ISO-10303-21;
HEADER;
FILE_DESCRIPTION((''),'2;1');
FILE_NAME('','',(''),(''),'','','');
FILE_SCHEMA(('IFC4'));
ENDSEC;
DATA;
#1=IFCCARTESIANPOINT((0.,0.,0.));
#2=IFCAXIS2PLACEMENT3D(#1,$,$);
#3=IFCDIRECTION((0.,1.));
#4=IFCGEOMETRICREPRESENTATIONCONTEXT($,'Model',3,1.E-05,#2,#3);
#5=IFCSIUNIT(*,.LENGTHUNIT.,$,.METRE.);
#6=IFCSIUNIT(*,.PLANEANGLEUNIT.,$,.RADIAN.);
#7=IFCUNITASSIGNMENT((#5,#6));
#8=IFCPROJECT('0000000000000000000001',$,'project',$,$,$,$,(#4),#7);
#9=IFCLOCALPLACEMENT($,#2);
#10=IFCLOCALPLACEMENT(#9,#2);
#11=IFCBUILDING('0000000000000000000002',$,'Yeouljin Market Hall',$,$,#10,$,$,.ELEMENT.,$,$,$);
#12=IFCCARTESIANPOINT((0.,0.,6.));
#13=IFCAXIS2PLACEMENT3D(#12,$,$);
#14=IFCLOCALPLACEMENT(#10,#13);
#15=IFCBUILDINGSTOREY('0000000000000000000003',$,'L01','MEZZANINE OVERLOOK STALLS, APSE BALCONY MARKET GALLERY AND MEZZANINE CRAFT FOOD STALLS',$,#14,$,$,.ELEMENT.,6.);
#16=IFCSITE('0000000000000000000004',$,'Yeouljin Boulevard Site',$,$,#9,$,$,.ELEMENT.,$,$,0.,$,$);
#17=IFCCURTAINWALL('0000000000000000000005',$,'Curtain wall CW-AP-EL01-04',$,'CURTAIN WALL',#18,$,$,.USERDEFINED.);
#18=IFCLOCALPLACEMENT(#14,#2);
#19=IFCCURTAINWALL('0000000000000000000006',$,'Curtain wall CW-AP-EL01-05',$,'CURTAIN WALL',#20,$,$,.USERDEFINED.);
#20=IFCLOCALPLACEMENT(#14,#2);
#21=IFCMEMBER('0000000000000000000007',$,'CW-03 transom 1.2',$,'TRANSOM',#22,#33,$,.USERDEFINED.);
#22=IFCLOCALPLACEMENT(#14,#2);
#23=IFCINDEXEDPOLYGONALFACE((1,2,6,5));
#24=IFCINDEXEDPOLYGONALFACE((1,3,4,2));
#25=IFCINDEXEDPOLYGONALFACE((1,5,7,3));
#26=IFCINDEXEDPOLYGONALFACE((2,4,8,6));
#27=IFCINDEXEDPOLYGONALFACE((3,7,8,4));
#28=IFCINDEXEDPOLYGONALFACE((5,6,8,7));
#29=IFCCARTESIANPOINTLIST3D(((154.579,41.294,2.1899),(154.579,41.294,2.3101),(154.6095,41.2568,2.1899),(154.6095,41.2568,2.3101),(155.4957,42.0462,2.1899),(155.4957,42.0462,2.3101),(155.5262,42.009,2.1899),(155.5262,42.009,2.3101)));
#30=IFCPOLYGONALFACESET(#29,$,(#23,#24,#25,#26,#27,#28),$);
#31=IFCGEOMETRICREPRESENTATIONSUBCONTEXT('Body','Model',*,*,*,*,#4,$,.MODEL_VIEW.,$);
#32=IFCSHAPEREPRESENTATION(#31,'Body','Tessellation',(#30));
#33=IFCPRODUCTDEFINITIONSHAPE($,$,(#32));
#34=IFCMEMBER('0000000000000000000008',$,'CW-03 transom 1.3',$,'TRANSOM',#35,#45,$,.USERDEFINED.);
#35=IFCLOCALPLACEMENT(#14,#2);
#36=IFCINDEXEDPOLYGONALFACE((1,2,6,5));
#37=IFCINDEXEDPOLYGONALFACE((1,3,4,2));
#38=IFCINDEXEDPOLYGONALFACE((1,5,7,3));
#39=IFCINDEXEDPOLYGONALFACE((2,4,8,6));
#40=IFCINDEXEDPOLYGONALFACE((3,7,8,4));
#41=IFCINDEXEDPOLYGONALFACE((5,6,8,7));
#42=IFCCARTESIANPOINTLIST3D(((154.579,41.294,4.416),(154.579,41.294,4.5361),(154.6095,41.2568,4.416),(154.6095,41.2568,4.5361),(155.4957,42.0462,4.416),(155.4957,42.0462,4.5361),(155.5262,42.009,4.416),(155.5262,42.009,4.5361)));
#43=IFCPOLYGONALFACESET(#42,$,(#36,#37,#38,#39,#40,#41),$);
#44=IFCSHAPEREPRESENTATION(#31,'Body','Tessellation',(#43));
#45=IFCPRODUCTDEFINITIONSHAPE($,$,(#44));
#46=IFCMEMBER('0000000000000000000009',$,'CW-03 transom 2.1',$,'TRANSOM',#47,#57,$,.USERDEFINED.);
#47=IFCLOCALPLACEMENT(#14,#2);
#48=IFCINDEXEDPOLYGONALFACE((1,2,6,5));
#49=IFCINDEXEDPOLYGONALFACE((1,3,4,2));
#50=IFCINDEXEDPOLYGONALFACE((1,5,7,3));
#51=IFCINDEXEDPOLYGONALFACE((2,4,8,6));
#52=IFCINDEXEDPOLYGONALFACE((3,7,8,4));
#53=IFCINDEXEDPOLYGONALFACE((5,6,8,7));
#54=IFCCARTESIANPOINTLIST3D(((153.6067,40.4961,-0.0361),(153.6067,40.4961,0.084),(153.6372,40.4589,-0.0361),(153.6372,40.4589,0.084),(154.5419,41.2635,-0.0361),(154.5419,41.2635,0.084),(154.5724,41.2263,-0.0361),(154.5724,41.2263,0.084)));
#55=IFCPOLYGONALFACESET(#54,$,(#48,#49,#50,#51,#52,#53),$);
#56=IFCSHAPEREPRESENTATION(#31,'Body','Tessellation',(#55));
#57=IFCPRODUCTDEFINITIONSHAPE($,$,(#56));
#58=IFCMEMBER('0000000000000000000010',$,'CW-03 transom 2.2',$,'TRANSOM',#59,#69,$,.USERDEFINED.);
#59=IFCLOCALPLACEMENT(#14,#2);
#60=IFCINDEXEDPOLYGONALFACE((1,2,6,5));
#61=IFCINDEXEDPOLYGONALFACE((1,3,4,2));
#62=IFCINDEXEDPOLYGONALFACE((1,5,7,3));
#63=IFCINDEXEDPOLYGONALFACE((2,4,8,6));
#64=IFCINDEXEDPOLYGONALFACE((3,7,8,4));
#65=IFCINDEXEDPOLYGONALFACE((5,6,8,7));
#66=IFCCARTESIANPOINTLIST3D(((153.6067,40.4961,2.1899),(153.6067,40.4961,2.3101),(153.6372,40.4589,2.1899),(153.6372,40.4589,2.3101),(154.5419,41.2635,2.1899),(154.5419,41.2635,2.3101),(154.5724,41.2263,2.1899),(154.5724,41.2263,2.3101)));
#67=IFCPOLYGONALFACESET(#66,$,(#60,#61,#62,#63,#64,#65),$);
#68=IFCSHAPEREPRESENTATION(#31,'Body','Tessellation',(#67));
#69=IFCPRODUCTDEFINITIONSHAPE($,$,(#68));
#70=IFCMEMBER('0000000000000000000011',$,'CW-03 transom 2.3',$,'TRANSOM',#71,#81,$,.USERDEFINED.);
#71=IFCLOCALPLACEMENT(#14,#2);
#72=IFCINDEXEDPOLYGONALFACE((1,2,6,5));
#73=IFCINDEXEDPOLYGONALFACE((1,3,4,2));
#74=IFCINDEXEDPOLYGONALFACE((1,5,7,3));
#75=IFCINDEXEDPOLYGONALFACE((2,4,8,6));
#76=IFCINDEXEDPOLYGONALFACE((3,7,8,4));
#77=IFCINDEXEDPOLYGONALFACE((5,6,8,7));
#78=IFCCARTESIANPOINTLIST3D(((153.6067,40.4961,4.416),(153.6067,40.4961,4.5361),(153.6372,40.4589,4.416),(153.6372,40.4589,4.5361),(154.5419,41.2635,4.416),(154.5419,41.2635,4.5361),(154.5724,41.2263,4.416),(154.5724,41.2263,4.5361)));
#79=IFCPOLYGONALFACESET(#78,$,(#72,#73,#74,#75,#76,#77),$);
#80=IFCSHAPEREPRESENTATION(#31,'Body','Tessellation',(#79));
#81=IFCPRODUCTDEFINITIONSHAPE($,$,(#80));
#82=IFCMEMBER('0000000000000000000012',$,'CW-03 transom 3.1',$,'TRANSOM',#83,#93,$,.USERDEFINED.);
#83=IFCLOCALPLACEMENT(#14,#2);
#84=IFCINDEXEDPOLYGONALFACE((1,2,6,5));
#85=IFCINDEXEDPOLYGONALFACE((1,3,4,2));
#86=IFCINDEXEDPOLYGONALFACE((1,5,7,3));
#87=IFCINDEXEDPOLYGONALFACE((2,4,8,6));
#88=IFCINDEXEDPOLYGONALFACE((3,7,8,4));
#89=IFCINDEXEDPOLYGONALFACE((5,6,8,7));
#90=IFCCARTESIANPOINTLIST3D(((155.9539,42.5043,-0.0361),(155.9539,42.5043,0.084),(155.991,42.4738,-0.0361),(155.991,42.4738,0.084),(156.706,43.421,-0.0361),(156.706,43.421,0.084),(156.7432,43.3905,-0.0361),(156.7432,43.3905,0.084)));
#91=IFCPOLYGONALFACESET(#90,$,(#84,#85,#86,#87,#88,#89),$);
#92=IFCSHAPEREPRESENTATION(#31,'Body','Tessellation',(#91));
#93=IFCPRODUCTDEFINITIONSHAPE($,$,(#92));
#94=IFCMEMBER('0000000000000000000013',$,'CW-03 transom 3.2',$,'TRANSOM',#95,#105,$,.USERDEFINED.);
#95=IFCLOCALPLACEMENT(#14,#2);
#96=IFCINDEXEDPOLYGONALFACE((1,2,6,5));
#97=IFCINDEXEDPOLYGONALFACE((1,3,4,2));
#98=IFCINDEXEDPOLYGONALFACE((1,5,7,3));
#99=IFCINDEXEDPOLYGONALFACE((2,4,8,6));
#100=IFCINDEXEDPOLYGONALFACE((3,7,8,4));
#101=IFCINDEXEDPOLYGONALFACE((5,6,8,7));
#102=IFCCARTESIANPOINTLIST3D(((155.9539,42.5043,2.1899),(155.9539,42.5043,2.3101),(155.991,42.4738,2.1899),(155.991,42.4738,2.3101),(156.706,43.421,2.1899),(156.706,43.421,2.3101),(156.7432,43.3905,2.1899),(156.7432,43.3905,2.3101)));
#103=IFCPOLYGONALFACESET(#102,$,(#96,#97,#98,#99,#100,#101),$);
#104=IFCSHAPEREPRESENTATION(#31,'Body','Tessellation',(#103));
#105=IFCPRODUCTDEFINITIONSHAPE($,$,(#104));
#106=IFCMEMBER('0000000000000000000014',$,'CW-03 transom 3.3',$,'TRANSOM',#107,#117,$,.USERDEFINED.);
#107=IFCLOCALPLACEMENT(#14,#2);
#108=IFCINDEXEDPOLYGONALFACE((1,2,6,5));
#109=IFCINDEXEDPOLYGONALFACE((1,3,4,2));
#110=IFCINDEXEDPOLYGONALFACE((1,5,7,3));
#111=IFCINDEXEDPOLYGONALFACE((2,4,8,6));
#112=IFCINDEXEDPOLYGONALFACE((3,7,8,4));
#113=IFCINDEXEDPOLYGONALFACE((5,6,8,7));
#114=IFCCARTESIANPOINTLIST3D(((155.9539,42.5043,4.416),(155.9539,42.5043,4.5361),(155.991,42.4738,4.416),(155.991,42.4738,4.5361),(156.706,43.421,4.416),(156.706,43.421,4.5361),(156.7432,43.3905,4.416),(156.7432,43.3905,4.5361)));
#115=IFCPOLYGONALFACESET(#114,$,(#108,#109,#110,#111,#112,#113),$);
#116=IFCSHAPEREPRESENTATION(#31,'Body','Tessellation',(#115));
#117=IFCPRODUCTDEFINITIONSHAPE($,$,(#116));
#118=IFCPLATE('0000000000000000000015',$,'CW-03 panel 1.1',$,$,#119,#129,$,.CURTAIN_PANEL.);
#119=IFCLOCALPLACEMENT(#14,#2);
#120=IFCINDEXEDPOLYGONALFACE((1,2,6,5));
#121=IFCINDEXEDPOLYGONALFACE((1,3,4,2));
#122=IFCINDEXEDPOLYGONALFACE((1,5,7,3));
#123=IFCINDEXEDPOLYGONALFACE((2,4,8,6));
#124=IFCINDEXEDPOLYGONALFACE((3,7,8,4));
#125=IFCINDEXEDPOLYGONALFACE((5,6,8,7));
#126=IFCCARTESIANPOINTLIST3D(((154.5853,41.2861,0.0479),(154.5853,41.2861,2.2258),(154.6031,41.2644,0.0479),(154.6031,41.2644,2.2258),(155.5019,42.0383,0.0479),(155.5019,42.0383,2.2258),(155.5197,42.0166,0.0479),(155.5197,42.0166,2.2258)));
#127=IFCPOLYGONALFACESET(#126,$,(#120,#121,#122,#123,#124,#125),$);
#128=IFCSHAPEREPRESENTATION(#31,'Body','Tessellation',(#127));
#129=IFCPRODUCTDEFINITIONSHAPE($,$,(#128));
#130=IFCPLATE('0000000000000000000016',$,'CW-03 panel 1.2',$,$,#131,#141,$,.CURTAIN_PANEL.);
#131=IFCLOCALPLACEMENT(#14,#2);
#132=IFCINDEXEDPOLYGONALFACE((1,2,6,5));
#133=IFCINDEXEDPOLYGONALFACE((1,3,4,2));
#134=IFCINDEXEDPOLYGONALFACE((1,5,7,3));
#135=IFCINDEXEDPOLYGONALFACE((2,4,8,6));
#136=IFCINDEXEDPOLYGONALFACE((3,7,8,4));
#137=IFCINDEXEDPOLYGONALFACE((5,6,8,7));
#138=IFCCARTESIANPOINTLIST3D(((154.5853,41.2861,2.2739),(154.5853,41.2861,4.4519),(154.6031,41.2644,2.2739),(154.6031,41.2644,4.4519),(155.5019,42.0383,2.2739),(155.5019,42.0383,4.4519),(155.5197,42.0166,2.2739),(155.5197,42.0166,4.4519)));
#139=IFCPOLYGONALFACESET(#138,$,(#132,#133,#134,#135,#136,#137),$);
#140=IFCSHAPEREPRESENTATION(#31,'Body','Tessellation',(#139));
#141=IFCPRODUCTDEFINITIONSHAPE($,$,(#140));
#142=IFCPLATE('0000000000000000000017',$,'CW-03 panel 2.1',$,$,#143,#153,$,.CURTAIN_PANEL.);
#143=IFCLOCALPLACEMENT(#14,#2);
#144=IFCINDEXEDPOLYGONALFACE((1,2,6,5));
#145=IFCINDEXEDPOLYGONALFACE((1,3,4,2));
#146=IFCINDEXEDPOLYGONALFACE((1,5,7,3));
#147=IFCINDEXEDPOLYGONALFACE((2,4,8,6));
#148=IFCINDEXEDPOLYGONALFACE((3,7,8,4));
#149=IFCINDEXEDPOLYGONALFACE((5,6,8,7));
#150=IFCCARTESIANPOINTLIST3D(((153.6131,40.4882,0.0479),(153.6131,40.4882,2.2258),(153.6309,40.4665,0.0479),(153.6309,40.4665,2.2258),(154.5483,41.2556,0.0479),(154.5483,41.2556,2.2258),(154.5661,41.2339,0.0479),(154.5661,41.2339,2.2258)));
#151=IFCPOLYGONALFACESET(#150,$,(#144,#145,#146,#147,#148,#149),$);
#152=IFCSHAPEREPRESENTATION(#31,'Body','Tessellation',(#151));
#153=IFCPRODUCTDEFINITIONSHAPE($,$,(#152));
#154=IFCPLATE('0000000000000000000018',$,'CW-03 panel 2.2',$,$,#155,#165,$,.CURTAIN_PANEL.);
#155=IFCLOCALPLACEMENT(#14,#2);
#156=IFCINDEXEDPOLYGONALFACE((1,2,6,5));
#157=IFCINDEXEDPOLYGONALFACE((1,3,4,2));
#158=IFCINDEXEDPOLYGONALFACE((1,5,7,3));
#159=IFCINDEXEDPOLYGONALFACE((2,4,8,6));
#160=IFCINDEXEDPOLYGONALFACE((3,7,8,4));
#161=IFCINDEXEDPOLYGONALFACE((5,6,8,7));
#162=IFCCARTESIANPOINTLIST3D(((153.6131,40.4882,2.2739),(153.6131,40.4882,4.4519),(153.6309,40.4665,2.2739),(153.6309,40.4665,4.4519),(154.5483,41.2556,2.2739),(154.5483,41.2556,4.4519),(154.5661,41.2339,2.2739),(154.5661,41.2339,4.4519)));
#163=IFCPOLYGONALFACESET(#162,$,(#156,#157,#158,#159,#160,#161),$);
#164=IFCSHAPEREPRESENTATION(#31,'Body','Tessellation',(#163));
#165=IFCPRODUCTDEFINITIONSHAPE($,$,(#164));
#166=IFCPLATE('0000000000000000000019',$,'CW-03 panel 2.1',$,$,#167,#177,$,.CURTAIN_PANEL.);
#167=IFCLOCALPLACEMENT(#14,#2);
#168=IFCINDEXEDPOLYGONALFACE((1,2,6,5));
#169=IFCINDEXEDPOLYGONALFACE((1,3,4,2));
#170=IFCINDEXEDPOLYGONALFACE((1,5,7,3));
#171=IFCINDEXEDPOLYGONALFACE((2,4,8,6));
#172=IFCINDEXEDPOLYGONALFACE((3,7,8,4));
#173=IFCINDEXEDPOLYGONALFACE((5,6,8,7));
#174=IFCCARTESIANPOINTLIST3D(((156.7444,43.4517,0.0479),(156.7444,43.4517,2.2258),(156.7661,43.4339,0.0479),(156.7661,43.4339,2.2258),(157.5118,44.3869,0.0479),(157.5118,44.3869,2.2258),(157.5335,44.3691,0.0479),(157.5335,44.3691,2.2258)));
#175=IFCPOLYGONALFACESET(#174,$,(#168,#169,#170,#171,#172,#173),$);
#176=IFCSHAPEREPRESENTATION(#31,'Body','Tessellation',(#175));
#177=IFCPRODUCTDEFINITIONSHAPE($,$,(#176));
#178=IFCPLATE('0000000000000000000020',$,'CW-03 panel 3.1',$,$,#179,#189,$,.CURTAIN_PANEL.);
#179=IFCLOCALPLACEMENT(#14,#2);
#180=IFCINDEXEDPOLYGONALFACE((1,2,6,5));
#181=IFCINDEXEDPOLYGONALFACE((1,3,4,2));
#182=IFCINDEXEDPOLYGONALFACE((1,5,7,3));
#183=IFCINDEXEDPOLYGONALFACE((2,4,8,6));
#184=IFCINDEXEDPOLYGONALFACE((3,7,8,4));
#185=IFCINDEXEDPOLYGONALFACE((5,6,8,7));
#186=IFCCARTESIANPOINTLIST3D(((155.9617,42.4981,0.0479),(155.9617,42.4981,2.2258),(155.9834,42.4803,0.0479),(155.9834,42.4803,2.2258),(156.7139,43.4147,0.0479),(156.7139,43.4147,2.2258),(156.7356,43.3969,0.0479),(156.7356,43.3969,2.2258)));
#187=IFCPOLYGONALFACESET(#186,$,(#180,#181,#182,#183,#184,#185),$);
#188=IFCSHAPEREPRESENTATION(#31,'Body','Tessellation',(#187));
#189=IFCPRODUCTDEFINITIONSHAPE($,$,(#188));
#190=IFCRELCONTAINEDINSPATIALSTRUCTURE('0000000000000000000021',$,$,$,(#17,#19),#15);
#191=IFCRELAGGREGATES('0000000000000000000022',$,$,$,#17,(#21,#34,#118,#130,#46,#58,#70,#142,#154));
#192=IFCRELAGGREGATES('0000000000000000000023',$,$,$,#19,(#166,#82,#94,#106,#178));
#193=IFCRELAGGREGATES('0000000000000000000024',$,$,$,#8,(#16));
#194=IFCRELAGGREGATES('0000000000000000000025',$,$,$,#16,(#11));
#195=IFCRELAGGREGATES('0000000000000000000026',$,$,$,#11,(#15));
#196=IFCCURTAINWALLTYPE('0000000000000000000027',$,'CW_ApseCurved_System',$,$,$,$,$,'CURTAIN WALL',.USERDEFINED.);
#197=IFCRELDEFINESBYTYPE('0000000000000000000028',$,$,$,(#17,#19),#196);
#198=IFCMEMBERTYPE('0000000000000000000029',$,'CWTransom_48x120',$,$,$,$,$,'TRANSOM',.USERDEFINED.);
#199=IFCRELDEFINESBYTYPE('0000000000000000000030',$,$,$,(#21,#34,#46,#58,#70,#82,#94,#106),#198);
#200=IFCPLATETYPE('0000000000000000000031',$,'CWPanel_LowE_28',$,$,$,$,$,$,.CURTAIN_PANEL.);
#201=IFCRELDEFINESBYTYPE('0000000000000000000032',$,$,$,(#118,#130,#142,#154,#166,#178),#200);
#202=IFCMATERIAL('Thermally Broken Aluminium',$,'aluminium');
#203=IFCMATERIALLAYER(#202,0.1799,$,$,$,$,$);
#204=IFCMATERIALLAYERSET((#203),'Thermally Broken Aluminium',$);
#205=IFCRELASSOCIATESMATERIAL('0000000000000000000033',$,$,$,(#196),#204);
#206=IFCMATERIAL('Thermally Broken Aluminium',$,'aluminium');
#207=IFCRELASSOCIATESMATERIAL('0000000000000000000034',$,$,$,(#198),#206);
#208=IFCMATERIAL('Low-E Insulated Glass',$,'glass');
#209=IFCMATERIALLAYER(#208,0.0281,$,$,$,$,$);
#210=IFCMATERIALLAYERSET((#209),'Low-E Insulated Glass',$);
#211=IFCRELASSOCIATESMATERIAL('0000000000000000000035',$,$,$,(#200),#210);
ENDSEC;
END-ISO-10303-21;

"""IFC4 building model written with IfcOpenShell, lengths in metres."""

from ifc_helpers import new_model, si_unit, direction, frame, origin, origin_2d, place, context, subcontext, project, spatial, rectangle, extrude, material, layer, layer_set, material_profile, profile_set, type_object, element, aggregate, save


model = new_model("IFC4")

# Units and contexts
model_context = context("Model", 3, precision=1e-05, world=origin(), true_north=direction((0.0, 1.0)))
body_context = subcontext(model_context, "Body", "Model", "MODEL_VIEW")
ifc_project = project(units=[si_unit("LENGTHUNIT", "METRE"), si_unit("PLANEANGLEUNIT", "RADIAN")], contexts=[model_context])

# Site, building, storey
site_placement = place(None, origin())
site = spatial("IfcSite", under=ifc_project, at=site_placement, Name="Yeouljin Boulevard Site", CompositionType="ELEMENT", RefElevation=0.0)
building_placement = place(site_placement, origin())
building = spatial("IfcBuilding", under=site, at=building_placement, Name="Yeouljin Market Hall", CompositionType="ELEMENT")
storey_placement = place(building_placement, frame((0.0, 0.0, 6.0)))
storey = spatial("IfcBuildingStorey", under=building, at=storey_placement, Name="L01", Description="MEZZANINE OVERLOOK STALLS, APSE BALCONY MARKET GALLERY AND MEZZANINE CRAFT FOOD STALLS", CompositionType="ELEMENT", Elevation=6.0)

# Curtain walls
ifc_material_1 = material(Name="Thermally Broken Aluminium", Category="aluminium")
ifc_layer_1 = layer(ifc_material_1, 0.1799)
ifc_layer_set_1 = layer_set([ifc_layer_1], Name="Thermally Broken Aluminium")
curtain_wall_type = type_object("IfcCurtainWallType", Name="CW_ApseCurved_System", ElementType="CURTAIN WALL", PredefinedType="USERDEFINED", material=ifc_layer_set_1)
curtain_wall_1_placement = place(storey_placement, origin())
curtain_wall_1 = element("IfcCurtainWall", 1, at=curtain_wall_1_placement, inside=storey, type_object=curtain_wall_type, Name="Curtain wall CW-AP-EL01-04", ObjectType="CURTAIN WALL", PredefinedType="USERDEFINED")
curtain_wall_2_placement = place(storey_placement, origin())
curtain_wall_2 = element("IfcCurtainWall", 2, at=curtain_wall_2_placement, inside=storey, type_object=curtain_wall_type, Name="Curtain wall CW-AP-EL01-05", ObjectType="CURTAIN WALL", PredefinedType="USERDEFINED")

# Members
ifc_material_2 = material(Name="Thermally Broken Aluminium", Category="aluminium")
ifc_material_profile_1 = material_profile(ifc_material_2, rectangle(XDim=0.0481, YDim=0.1201, at=origin_2d()), Name="CW-TRAN-48x120")
ifc_profile_set_1 = profile_set([ifc_material_profile_1], Name="Thermally Broken Aluminium")
member_type_1 = type_object("IfcMemberType", Name="CWTransom_48x120", ElementType="TRANSOM", PredefinedType="USERDEFINED", material=ifc_profile_set_1)
member_1_placement = place(storey_placement, frame((155.511, 42.0276, 2.25), z_axis=(-0.773076, -0.634313, 0.0), x_axis=(0.634313, -0.773076, 0.0)))
member_1 = element("IfcMember", 3, at=member_1_placement, type_object=member_type_1, Name="CW-03 transom 1.2", ObjectType="TRANSOM", PredefinedType="USERDEFINED", context=body_context, shape_type="SweptSolid", body=[
    extrude(rectangle(XDim=0.0481, YDim=0.1201, at=origin_2d()), origin(), (0.0, 0.0, 1.0), 1.1858),
])
member_2_placement = place(storey_placement, frame((155.511, 42.0276, 4.4761), z_axis=(-0.773076, -0.634313, 0.0), x_axis=(0.634313, -0.773076, 0.0)))
member_2 = element("IfcMember", 4, at=member_2_placement, type_object=member_type_1, Name="CW-03 transom 1.3", ObjectType="TRANSOM", PredefinedType="USERDEFINED", context=body_context, shape_type="SweptSolid", body=[
    extrude(rectangle(XDim=0.0481, YDim=0.1201, at=origin_2d()), origin(), (0.0, 0.0, 1.0), 1.1858),
])
member_3_placement = place(storey_placement, frame((154.5571, 41.2449, 0.0239), z_axis=(-0.77303, -0.634369, 0.0), x_axis=(0.634369, -0.77303, 0.0)))
member_3 = element("IfcMember", 5, at=member_3_placement, type_object=member_type_1, Name="CW-03 transom 2.1", ObjectType="TRANSOM", PredefinedType="USERDEFINED", context=body_context, shape_type="SweptSolid", body=[
    extrude(rectangle(XDim=0.0481, YDim=0.1201, at=origin_2d()), origin(), (0.0, 0.0, 1.0), 1.2097),
])
member_4_placement = place(storey_placement, frame((154.5571, 41.2449, 2.25), z_axis=(-0.77303, -0.634369, 0.0), x_axis=(0.634369, -0.77303, 0.0)))
member_4 = element("IfcMember", 6, at=member_4_placement, type_object=member_type_1, Name="CW-03 transom 2.2", ObjectType="TRANSOM", PredefinedType="USERDEFINED", context=body_context, shape_type="SweptSolid", body=[
    extrude(rectangle(XDim=0.0481, YDim=0.1201, at=origin_2d()), origin(), (0.0, 0.0, 1.0), 1.2097),
])
member_5_placement = place(storey_placement, frame((154.5571, 41.2449, 4.4761), z_axis=(-0.77303, -0.634369, 0.0), x_axis=(0.634369, -0.77303, 0.0)))
member_5 = element("IfcMember", 7, at=member_5_placement, type_object=member_type_1, Name="CW-03 transom 2.3", ObjectType="TRANSOM", PredefinedType="USERDEFINED", context=body_context, shape_type="SweptSolid", body=[
    extrude(rectangle(XDim=0.0481, YDim=0.1201, at=origin_2d()), origin(), (0.0, 0.0, 1.0), 1.2097),
])
member_6_placement = place(storey_placement, frame((156.7246, 43.4058, 0.0239), z_axis=(-0.634313, -0.773076, 0.0), x_axis=(0.773076, -0.634313, 0.0)))
member_6 = element("IfcMember", 8, at=member_6_placement, type_object=member_type_1, Name="CW-03 transom 3.1", ObjectType="TRANSOM", PredefinedType="USERDEFINED", context=body_context, shape_type="SweptSolid", body=[
    extrude(rectangle(XDim=0.0481, YDim=0.1201, at=origin_2d()), origin(), (0.0, 0.0, 1.0), 1.1858),
])
member_7_placement = place(storey_placement, frame((156.7246, 43.4058, 2.25), z_axis=(-0.634313, -0.773076, 0.0), x_axis=(0.773076, -0.634313, 0.0)))
member_7 = element("IfcMember", 9, at=member_7_placement, type_object=member_type_1, Name="CW-03 transom 3.2", ObjectType="TRANSOM", PredefinedType="USERDEFINED", context=body_context, shape_type="SweptSolid", body=[
    extrude(rectangle(XDim=0.0481, YDim=0.1201, at=origin_2d()), origin(), (0.0, 0.0, 1.0), 1.1858),
])
member_8_placement = place(storey_placement, frame((156.7246, 43.4058, 4.4761), z_axis=(-0.634313, -0.773076, 0.0), x_axis=(0.773076, -0.634313, 0.0)))
member_8 = element("IfcMember", 10, at=member_8_placement, type_object=member_type_1, Name="CW-03 transom 3.3", ObjectType="TRANSOM", PredefinedType="USERDEFINED", context=body_context, shape_type="SweptSolid", body=[
    extrude(rectangle(XDim=0.0481, YDim=0.1201, at=origin_2d()), origin(), (0.0, 0.0, 1.0), 1.1858),
])

# Plates
ifc_material_3 = material(Name="Low-E Insulated Glass", Category="glass")
ifc_layer_2 = layer(ifc_material_3, 0.0281)
ifc_layer_set_2 = layer_set([ifc_layer_2], Name="Low-E Insulated Glass")
plate_type = type_object("IfcPlateType", Name="CWPanel_LowE_28", PredefinedType="CURTAIN_PANEL", material=ifc_layer_set_2)
plate_1_placement = place(storey_placement, frame((155.0525, 41.6514, 0.0479), z_axis=(0.0, 0.0, 1.0), x_axis=(-0.773018, -0.634384, 0.0)))
plate_1 = element("IfcPlate", 11, at=plate_1_placement, type_object=plate_type, Name="CW-03 panel 1.1", PredefinedType="CURTAIN_PANEL", context=body_context, shape_type="SweptSolid", body=[
    extrude(rectangle(XDim=1.1858, YDim=0.0281, at=origin_2d()), origin(), (0.0, 0.0, 1.0), 2.178),
])
plate_2_placement = place(storey_placement, frame((155.0525, 41.6514, 2.2739), z_axis=(0.0, 0.0, 1.0), x_axis=(-0.773018, -0.634384, 0.0)))
plate_2 = element("IfcPlate", 12, at=plate_2_placement, type_object=plate_type, Name="CW-03 panel 1.2", PredefinedType="CURTAIN_PANEL", context=body_context, shape_type="SweptSolid", body=[
    extrude(rectangle(XDim=1.1858, YDim=0.0281, at=origin_2d()), origin(), (0.0, 0.0, 1.0), 2.178),
])
plate_3_placement = place(storey_placement, frame((154.0896, 40.8611, 0.0479), z_axis=(0.0, 0.0, 1.0), x_axis=(-0.773018, -0.634384, 0.0)))
plate_3 = element("IfcPlate", 13, at=plate_3_placement, type_object=plate_type, Name="CW-03 panel 2.1", PredefinedType="CURTAIN_PANEL", context=body_context, shape_type="SweptSolid", body=[
    extrude(rectangle(XDim=1.2097, YDim=0.0281, at=origin_2d()), origin(), (0.0, 0.0, 1.0), 2.178),
])
plate_4_placement = place(storey_placement, frame((154.0896, 40.8611, 2.2739), z_axis=(0.0, 0.0, 1.0), x_axis=(-0.773018, -0.634384, 0.0)))
plate_4 = element("IfcPlate", 14, at=plate_4_placement, type_object=plate_type, Name="CW-03 panel 2.2", PredefinedType="CURTAIN_PANEL", context=body_context, shape_type="SweptSolid", body=[
    extrude(rectangle(XDim=1.2097, YDim=0.0281, at=origin_2d()), origin(), (0.0, 0.0, 1.0), 2.178),
])
aggregate(curtain_wall_1, [member_1, member_2, plate_1, plate_2, member_3, member_4, member_5, plate_3, plate_4])
plate_5_placement = place(storey_placement, frame((157.1389, 43.9104, 0.0479), z_axis=(0.0, 0.0, 1.0), x_axis=(-0.634384, -0.773018, 0.0)))
plate_5 = element("IfcPlate", 15, at=plate_5_placement, type_object=plate_type, Name="CW-03 panel 2.1", PredefinedType="CURTAIN_PANEL", context=body_context, shape_type="SweptSolid", body=[
    extrude(rectangle(XDim=1.2097, YDim=0.0281, at=origin_2d()), origin(), (0.0, 0.0, 1.0), 2.178),
])
plate_6_placement = place(storey_placement, frame((156.3486, 42.9475, 0.0479), z_axis=(0.0, 0.0, 1.0), x_axis=(-0.634384, -0.773018, 0.0)))
plate_6 = element("IfcPlate", 16, at=plate_6_placement, type_object=plate_type, Name="CW-03 panel 3.1", PredefinedType="CURTAIN_PANEL", context=body_context, shape_type="SweptSolid", body=[
    extrude(rectangle(XDim=1.1858, YDim=0.0281, at=origin_2d()), origin(), (0.0, 0.0, 1.0), 2.178),
])
aggregate(curtain_wall_2, [plate_5, member_6, member_7, member_8, plate_6])

save(model, "model.ifc")
